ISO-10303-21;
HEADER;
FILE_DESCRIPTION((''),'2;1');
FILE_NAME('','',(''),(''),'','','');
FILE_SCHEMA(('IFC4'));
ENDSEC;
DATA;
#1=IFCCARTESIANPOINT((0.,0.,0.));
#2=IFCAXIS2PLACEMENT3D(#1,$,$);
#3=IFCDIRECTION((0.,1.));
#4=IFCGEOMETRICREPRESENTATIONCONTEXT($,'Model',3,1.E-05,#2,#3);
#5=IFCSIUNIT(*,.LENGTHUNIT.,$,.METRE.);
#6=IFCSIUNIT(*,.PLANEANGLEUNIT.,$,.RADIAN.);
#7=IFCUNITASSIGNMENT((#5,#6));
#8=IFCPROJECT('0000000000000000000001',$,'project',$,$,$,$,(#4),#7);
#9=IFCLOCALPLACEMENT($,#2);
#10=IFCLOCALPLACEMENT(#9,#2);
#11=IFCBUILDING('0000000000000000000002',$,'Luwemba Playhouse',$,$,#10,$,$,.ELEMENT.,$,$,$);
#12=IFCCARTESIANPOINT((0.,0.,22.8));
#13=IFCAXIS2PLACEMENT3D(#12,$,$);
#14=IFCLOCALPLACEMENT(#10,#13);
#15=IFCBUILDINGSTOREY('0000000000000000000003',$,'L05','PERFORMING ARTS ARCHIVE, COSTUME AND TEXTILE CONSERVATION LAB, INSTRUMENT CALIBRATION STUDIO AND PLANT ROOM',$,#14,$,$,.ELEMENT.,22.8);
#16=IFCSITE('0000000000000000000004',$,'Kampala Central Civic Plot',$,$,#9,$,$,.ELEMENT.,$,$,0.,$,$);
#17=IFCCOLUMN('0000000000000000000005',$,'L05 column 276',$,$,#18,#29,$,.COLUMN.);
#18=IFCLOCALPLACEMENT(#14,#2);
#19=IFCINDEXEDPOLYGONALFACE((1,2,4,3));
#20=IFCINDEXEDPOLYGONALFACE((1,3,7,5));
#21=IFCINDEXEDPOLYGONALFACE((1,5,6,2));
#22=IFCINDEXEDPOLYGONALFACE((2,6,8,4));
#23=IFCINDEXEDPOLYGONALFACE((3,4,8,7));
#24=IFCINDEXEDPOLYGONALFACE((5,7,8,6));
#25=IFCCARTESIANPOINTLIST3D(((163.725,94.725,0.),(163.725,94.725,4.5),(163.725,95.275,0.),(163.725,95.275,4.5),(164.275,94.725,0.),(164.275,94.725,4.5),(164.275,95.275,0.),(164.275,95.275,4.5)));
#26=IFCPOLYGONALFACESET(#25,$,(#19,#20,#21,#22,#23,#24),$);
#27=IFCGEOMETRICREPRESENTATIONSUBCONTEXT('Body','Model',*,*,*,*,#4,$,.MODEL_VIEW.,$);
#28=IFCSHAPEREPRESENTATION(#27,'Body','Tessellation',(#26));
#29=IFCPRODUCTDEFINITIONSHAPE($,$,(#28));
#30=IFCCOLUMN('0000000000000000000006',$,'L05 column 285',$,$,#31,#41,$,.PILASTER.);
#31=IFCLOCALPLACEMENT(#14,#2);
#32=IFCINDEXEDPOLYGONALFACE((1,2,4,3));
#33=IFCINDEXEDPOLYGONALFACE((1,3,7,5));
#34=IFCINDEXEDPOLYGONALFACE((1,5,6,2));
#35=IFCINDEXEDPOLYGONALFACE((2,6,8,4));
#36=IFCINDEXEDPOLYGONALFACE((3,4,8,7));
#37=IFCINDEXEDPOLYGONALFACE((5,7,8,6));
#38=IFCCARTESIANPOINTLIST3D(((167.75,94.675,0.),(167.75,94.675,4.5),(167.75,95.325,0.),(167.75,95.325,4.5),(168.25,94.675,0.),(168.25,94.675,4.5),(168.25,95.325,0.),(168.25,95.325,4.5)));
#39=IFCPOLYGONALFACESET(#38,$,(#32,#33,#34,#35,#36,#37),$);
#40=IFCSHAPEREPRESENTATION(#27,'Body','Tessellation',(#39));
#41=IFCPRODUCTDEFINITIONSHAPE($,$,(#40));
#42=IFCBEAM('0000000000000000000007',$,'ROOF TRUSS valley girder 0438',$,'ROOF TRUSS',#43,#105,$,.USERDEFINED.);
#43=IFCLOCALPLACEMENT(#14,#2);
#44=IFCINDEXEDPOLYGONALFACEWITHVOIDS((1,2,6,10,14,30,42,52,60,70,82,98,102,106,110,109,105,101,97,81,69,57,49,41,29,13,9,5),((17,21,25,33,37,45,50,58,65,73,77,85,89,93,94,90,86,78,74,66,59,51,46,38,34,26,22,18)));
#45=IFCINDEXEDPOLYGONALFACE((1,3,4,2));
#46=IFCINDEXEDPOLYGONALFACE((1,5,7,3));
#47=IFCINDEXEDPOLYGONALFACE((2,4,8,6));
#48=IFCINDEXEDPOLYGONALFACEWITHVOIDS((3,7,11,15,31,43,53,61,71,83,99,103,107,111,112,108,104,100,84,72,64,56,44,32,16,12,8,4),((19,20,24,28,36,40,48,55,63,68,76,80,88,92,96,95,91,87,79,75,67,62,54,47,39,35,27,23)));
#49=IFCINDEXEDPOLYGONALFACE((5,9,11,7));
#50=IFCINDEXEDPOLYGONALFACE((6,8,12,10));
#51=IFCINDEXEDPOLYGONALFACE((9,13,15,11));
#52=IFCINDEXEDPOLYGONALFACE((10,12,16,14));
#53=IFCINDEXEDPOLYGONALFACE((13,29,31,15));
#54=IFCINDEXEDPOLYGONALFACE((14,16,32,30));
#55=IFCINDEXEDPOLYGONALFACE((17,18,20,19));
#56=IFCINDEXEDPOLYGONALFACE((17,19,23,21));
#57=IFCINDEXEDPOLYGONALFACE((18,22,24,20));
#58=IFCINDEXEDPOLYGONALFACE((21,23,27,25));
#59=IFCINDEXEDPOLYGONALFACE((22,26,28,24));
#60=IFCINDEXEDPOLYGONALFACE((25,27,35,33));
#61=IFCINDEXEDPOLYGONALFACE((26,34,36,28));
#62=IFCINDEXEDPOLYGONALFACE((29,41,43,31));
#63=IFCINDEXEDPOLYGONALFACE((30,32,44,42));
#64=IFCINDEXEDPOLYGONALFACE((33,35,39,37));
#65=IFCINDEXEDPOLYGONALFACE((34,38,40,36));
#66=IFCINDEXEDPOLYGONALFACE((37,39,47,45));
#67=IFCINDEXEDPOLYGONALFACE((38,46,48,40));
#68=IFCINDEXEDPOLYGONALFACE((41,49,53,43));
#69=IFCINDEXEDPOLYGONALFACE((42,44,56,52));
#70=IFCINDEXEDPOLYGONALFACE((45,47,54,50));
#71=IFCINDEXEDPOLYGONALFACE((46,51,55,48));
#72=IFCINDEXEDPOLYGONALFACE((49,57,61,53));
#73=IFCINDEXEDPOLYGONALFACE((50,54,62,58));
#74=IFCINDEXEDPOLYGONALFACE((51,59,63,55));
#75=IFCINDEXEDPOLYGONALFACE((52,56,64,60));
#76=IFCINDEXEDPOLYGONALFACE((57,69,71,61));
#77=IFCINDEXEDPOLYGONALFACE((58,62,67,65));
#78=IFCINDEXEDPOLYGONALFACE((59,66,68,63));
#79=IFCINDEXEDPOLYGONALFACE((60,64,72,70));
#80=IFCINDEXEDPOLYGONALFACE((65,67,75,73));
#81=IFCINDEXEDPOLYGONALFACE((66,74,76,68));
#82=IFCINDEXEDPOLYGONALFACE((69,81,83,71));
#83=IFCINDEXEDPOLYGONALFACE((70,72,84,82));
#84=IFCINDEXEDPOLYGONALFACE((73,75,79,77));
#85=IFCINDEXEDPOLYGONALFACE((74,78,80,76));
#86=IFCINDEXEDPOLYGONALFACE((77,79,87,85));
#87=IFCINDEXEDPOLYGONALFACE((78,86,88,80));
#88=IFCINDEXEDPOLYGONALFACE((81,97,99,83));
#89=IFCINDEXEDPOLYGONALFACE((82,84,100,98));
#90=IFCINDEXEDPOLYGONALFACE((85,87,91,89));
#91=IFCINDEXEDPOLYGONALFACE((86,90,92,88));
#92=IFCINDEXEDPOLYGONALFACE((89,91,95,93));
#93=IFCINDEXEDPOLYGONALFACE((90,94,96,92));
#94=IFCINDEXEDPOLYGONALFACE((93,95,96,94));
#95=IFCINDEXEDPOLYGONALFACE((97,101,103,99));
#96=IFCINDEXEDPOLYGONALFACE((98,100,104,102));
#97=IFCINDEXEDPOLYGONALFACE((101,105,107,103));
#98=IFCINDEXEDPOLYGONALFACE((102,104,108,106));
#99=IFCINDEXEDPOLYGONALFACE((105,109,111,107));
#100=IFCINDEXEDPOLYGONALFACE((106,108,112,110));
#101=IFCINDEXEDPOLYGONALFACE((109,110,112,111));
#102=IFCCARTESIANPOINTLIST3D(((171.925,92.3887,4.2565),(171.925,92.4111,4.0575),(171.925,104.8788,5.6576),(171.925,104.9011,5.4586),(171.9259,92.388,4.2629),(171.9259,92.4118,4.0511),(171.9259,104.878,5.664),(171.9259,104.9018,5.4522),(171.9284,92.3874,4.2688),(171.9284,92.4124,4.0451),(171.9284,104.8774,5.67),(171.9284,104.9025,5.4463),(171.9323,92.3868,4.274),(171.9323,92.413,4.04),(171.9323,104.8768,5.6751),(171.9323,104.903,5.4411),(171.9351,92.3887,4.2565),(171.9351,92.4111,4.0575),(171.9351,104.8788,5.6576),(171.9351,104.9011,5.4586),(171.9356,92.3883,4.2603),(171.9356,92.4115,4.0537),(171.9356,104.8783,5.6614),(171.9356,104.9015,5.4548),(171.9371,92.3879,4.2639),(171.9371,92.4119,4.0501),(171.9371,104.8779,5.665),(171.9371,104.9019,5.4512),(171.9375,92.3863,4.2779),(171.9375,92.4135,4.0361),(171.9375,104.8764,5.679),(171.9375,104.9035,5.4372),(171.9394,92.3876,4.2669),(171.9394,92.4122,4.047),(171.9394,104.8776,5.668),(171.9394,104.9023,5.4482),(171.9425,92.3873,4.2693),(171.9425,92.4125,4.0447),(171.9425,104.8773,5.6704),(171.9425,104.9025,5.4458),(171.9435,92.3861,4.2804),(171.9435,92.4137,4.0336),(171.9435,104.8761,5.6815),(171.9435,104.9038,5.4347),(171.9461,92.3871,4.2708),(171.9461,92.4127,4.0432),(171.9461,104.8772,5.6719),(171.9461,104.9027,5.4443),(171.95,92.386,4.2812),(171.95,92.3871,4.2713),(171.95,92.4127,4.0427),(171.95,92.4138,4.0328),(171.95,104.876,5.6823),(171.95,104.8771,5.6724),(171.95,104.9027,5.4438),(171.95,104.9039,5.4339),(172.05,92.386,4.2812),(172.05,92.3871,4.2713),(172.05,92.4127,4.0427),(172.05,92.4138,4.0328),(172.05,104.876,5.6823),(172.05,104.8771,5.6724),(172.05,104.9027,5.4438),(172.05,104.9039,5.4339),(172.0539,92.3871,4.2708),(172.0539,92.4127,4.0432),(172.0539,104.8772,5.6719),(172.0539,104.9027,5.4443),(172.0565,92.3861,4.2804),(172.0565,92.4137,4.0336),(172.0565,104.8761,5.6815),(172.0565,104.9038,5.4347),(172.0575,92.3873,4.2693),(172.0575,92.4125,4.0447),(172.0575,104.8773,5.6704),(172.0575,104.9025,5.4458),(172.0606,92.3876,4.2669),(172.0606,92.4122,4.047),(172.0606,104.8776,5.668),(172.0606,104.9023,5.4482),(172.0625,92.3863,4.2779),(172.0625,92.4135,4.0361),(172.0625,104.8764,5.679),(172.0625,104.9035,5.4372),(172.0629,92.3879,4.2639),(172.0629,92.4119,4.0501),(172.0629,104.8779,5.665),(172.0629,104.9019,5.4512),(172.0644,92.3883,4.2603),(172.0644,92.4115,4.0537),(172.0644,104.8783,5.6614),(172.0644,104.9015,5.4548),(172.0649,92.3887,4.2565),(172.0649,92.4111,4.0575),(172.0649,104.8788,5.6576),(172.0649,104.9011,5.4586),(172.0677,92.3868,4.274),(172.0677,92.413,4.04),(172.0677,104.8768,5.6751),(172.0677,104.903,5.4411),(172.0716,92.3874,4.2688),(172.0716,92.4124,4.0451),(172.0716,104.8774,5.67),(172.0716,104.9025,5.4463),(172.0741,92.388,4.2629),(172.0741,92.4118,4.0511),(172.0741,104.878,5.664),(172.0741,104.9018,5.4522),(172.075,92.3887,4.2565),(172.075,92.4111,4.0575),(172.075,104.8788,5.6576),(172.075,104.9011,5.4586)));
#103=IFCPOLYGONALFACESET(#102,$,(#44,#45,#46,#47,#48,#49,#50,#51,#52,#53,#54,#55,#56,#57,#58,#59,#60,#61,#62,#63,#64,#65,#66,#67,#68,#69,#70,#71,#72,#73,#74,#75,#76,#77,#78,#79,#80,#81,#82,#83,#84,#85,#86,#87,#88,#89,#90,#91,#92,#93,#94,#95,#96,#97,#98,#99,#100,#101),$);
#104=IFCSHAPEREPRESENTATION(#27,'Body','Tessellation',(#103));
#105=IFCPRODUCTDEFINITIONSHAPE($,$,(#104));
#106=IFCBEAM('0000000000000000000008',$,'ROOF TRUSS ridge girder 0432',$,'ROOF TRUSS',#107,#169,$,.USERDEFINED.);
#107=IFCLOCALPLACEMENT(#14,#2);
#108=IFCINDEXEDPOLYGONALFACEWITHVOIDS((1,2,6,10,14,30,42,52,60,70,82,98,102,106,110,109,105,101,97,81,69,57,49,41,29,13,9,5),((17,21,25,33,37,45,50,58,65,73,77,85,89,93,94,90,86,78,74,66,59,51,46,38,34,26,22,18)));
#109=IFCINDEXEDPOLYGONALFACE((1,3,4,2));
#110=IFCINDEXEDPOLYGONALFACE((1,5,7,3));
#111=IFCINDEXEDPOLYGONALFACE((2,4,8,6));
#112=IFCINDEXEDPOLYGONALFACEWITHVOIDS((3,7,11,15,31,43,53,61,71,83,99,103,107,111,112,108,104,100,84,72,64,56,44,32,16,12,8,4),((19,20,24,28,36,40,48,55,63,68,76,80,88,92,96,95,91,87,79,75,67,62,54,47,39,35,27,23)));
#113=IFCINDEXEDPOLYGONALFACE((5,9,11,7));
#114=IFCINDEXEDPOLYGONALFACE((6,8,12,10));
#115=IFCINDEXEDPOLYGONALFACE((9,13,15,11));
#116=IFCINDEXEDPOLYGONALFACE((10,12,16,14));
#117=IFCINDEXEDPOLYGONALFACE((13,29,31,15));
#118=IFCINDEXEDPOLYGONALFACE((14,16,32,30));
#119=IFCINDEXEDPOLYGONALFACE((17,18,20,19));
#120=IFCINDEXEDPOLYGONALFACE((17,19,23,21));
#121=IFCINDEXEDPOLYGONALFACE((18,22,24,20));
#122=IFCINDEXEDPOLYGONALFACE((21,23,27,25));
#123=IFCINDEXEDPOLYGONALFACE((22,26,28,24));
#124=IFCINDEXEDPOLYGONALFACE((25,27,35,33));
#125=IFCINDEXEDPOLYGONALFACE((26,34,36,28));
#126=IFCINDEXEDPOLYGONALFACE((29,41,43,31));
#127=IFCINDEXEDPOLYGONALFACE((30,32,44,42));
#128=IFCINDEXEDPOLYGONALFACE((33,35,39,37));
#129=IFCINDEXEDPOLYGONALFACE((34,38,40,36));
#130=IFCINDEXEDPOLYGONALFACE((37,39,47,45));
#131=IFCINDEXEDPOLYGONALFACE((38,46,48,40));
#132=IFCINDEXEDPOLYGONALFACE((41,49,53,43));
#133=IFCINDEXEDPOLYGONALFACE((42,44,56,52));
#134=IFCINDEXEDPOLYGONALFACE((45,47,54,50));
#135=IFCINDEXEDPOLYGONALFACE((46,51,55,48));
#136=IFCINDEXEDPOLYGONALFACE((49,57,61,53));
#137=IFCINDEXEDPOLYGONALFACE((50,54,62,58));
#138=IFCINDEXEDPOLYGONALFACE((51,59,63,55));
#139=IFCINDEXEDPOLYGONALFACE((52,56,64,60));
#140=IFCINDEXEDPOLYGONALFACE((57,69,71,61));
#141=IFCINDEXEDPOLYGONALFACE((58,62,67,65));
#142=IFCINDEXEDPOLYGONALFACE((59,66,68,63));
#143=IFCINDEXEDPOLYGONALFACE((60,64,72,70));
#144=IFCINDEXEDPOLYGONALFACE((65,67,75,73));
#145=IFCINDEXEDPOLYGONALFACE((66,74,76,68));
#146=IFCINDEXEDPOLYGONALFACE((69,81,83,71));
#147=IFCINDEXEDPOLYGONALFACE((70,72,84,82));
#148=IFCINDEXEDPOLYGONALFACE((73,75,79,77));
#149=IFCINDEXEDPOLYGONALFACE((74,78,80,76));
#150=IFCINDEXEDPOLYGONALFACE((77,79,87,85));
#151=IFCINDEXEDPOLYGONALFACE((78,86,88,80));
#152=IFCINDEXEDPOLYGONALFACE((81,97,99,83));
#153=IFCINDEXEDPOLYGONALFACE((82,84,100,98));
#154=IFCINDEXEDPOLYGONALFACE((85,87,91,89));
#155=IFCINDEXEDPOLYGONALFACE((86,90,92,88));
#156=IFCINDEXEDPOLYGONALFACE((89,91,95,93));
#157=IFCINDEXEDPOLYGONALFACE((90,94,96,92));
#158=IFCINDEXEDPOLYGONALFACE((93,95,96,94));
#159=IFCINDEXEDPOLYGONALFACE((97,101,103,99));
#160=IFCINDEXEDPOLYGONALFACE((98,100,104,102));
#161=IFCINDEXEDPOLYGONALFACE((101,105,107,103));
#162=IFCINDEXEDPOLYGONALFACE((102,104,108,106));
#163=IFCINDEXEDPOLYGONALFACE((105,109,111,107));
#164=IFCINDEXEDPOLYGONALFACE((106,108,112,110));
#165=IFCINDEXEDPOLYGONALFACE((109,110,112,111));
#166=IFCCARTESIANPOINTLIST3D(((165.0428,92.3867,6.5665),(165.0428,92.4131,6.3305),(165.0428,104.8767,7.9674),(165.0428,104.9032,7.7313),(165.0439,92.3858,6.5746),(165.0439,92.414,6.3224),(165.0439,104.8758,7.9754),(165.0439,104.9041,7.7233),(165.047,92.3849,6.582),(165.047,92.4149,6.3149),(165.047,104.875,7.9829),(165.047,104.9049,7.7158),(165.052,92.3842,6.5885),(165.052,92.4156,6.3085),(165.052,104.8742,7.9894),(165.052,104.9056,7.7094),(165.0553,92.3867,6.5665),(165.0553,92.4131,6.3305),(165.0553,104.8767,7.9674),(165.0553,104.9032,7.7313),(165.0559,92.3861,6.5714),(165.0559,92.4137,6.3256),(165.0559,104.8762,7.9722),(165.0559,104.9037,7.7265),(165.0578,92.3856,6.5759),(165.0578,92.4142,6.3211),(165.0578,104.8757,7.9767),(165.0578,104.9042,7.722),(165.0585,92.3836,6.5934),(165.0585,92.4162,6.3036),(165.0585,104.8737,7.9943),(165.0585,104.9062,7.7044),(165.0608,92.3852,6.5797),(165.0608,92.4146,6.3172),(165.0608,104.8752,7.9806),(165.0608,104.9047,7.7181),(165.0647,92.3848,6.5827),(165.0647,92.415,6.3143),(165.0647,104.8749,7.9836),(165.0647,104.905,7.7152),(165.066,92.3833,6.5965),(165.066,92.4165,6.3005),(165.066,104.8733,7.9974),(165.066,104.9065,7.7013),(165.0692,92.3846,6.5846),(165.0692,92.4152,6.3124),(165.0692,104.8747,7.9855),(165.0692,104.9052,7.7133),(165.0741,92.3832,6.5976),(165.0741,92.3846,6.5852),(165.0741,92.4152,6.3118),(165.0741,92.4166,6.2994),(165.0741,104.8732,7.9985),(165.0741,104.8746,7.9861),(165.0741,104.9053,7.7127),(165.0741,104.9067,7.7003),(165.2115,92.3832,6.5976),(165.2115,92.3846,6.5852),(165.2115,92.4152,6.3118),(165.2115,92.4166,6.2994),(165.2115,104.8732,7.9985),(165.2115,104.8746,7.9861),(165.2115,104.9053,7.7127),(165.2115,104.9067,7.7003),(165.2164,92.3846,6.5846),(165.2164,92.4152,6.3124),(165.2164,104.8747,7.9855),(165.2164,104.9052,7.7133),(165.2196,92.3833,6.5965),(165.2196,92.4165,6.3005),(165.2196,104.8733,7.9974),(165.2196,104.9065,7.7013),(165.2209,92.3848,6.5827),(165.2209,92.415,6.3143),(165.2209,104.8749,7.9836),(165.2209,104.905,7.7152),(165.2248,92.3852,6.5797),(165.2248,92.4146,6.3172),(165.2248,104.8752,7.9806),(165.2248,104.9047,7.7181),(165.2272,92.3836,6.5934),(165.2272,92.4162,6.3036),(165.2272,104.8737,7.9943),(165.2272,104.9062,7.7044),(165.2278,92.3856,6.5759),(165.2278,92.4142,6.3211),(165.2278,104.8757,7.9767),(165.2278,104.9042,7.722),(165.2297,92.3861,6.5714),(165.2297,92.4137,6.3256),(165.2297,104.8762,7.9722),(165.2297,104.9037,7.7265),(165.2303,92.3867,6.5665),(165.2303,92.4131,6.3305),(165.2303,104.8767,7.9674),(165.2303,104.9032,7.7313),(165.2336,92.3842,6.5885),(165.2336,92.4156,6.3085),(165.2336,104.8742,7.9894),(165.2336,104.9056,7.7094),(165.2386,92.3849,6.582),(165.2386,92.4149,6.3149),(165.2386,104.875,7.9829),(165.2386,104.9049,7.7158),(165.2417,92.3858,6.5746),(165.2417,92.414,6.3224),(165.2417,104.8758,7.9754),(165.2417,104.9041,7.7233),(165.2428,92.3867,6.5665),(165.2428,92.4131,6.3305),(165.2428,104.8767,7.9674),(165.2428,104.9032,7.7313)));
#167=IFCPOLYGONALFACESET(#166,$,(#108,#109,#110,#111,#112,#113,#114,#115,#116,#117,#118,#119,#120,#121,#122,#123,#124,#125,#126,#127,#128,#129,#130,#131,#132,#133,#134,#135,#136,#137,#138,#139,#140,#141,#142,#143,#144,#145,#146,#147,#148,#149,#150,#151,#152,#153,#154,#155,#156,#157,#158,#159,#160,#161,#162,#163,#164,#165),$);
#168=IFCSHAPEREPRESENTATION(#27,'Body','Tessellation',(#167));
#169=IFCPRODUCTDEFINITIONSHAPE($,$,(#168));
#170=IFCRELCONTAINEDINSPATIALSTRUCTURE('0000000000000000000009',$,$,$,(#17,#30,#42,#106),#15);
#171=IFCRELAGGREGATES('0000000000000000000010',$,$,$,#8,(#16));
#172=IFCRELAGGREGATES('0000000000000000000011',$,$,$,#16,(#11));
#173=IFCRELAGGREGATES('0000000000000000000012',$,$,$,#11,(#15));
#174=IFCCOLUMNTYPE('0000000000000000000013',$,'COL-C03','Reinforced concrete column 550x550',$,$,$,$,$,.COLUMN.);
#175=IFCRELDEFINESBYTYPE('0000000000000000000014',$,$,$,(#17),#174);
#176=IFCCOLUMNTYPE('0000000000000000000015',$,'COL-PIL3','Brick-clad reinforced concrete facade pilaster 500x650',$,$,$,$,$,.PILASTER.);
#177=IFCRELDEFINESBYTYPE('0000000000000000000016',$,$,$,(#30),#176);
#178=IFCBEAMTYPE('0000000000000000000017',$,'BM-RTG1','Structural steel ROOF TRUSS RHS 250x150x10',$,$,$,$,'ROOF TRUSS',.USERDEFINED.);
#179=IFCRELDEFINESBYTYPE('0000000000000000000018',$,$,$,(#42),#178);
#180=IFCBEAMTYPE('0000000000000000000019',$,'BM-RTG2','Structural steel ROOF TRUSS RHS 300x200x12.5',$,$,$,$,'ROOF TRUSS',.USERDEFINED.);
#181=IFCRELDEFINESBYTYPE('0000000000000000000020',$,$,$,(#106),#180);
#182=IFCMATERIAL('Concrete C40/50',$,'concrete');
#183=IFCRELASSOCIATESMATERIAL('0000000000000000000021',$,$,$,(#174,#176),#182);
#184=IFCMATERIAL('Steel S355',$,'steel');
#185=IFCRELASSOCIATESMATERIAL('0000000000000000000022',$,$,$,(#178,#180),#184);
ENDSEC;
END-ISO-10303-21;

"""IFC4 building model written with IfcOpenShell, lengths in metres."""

from ifc_helpers import new_model, si_unit, direction, frame, origin, origin_2d, place, context, subcontext, project, spatial, rectangle, hollow_rectangle, extrude, material, material_profile, profile_set, type_object, element, save


model = new_model("IFC4")

# Units and contexts
model_context = context("Model", 3, precision=1e-05, world=origin(), true_north=direction((0.0, 1.0)))
body_context = subcontext(model_context, "Body", "Model", "MODEL_VIEW")
ifc_project = project(units=[si_unit("LENGTHUNIT", "METRE"), si_unit("PLANEANGLEUNIT", "RADIAN")], contexts=[model_context])

# Site, building, storey
site_placement = place(None, origin())
site = spatial("IfcSite", under=ifc_project, at=site_placement, Name="Kampala Central Civic Plot", CompositionType="ELEMENT", RefElevation=0.0)
building_placement = place(site_placement, origin())
building = spatial("IfcBuilding", under=site, at=building_placement, Name="Luwemba Playhouse", CompositionType="ELEMENT")
storey_placement = place(building_placement, frame((0.0, 0.0, 22.8)))
storey = spatial("IfcBuildingStorey", under=building, at=storey_placement, Name="L05", Description="PERFORMING ARTS ARCHIVE, COSTUME AND TEXTILE CONSERVATION LAB, INSTRUMENT CALIBRATION STUDIO AND PLANT ROOM", CompositionType="ELEMENT", Elevation=22.8)

# Columns
ifc_material_1 = material(Name="Concrete C40/50", Category="concrete")
ifc_material_profile_1 = material_profile(ifc_material_1, rectangle(XDim=0.55, YDim=0.55, at=origin_2d()))
ifc_profile_set_1 = profile_set([ifc_material_profile_1], Name="Concrete C40/50")
column_type_1 = type_object("IfcColumnType", Name="COL-C03", Description="Reinforced concrete column 550x550", PredefinedType="COLUMN", material=ifc_profile_set_1)
column_1_placement = place(storey_placement, frame((164.0, 95.0, 0.0), z_axis=(0.0, 0.0, 1.0), x_axis=(1.0, 0.0, 0.0)))
element("IfcColumn", 1, at=column_1_placement, inside=storey, type_object=column_type_1, Name="L05 column 276", PredefinedType="COLUMN", context=body_context, shape_type="SweptSolid", body=[
    extrude(rectangle(XDim=0.55, YDim=0.55, at=origin_2d()), origin(), (0.0, 0.0, 1.0), 4.5),
])
ifc_material_profile_2 = material_profile(ifc_material_1, rectangle(XDim=0.5, YDim=0.6499, at=origin_2d()))
ifc_profile_set_2 = profile_set([ifc_material_profile_2], Name="Concrete C40/50")
column_type_2 = type_object("IfcColumnType", Name="COL-PIL3", Description="Brick-clad reinforced concrete facade pilaster 500x650", PredefinedType="PILASTER", material=ifc_profile_set_2)
column_2_placement = place(storey_placement, frame((168.0, 95.0, 0.0), z_axis=(0.0, 0.0, 1.0), x_axis=(1.0, 0.0, 0.0)))
element("IfcColumn", 2, at=column_2_placement, inside=storey, type_object=column_type_2, Name="L05 column 285", PredefinedType="PILASTER", context=body_context, shape_type="SweptSolid", body=[
    extrude(rectangle(XDim=0.5, YDim=0.6499, at=origin_2d()), origin(), (0.0, 0.0, 1.0), 4.5),
])

# Beams
ifc_material_2 = material(Name="Steel S355", Category="steel")
ifc_material_profile_3 = material_profile(ifc_material_2, hollow_rectangle(XDim=0.1499, YDim=0.25, WallThickness=0.01, InnerFilletRadius=0.0149, OuterFilletRadius=0.0249, at=origin_2d()))
ifc_profile_set_3 = profile_set([ifc_material_profile_3], Name="Steel S355")
beam_type_1 = type_object("IfcBeamType", Name="BM-RTG1", Description="Structural steel ROOF TRUSS RHS 250x150x10", ElementType="ROOF TRUSS", PredefinedType="USERDEFINED", material=ifc_profile_set_3)
beam_1_placement = place(storey_placement, frame((172.0, 92.3999, 4.157), z_axis=(0.0, 0.993767, 0.11148), x_axis=(-1.0, 0.0, 0.0)))
element("IfcBeam", 3, at=beam_1_placement, inside=storey, type_object=beam_type_1, Name="ROOF TRUSS valley girder 0438", ObjectType="ROOF TRUSS", PredefinedType="USERDEFINED", context=body_context, shape_type="SweptSolid", body=[
    extrude(hollow_rectangle(XDim=0.1499, YDim=0.25, WallThickness=0.01, InnerFilletRadius=0.0149, OuterFilletRadius=0.0249, at=origin_2d()), origin(), (0.0, 0.0, 1.0), 12.5684),
])
ifc_material_profile_4 = material_profile(ifc_material_2, hollow_rectangle(XDim=0.2, YDim=0.3, WallThickness=0.0125, InnerFilletRadius=0.0188, OuterFilletRadius=0.0312, at=origin_2d()))
ifc_profile_set_4 = profile_set([ifc_material_profile_4], Name="Steel S355")
beam_type_2 = type_object("IfcBeamType", Name="BM-RTG2", Description="Structural steel ROOF TRUSS RHS 300x200x12.5", ElementType="ROOF TRUSS", PredefinedType="USERDEFINED", material=ifc_profile_set_4)
beam_2_placement = place(storey_placement, frame((165.1428, 92.3999, 6.4485), z_axis=(0.0, 0.993769, 0.111461), x_axis=(-1.0, 0.0, 0.0)))
element("IfcBeam", 4, at=beam_2_placement, inside=storey, type_object=beam_type_2, Name="ROOF TRUSS ridge girder 0432", ObjectType="ROOF TRUSS", PredefinedType="USERDEFINED", context=body_context, shape_type="SweptSolid", body=[
    extrude(hollow_rectangle(XDim=0.2, YDim=0.3, WallThickness=0.0125, InnerFilletRadius=0.0188, OuterFilletRadius=0.0312, at=origin_2d()), origin(), (0.0, 0.0, 1.0), 12.5684),
])

save(model, "model.ifc")
